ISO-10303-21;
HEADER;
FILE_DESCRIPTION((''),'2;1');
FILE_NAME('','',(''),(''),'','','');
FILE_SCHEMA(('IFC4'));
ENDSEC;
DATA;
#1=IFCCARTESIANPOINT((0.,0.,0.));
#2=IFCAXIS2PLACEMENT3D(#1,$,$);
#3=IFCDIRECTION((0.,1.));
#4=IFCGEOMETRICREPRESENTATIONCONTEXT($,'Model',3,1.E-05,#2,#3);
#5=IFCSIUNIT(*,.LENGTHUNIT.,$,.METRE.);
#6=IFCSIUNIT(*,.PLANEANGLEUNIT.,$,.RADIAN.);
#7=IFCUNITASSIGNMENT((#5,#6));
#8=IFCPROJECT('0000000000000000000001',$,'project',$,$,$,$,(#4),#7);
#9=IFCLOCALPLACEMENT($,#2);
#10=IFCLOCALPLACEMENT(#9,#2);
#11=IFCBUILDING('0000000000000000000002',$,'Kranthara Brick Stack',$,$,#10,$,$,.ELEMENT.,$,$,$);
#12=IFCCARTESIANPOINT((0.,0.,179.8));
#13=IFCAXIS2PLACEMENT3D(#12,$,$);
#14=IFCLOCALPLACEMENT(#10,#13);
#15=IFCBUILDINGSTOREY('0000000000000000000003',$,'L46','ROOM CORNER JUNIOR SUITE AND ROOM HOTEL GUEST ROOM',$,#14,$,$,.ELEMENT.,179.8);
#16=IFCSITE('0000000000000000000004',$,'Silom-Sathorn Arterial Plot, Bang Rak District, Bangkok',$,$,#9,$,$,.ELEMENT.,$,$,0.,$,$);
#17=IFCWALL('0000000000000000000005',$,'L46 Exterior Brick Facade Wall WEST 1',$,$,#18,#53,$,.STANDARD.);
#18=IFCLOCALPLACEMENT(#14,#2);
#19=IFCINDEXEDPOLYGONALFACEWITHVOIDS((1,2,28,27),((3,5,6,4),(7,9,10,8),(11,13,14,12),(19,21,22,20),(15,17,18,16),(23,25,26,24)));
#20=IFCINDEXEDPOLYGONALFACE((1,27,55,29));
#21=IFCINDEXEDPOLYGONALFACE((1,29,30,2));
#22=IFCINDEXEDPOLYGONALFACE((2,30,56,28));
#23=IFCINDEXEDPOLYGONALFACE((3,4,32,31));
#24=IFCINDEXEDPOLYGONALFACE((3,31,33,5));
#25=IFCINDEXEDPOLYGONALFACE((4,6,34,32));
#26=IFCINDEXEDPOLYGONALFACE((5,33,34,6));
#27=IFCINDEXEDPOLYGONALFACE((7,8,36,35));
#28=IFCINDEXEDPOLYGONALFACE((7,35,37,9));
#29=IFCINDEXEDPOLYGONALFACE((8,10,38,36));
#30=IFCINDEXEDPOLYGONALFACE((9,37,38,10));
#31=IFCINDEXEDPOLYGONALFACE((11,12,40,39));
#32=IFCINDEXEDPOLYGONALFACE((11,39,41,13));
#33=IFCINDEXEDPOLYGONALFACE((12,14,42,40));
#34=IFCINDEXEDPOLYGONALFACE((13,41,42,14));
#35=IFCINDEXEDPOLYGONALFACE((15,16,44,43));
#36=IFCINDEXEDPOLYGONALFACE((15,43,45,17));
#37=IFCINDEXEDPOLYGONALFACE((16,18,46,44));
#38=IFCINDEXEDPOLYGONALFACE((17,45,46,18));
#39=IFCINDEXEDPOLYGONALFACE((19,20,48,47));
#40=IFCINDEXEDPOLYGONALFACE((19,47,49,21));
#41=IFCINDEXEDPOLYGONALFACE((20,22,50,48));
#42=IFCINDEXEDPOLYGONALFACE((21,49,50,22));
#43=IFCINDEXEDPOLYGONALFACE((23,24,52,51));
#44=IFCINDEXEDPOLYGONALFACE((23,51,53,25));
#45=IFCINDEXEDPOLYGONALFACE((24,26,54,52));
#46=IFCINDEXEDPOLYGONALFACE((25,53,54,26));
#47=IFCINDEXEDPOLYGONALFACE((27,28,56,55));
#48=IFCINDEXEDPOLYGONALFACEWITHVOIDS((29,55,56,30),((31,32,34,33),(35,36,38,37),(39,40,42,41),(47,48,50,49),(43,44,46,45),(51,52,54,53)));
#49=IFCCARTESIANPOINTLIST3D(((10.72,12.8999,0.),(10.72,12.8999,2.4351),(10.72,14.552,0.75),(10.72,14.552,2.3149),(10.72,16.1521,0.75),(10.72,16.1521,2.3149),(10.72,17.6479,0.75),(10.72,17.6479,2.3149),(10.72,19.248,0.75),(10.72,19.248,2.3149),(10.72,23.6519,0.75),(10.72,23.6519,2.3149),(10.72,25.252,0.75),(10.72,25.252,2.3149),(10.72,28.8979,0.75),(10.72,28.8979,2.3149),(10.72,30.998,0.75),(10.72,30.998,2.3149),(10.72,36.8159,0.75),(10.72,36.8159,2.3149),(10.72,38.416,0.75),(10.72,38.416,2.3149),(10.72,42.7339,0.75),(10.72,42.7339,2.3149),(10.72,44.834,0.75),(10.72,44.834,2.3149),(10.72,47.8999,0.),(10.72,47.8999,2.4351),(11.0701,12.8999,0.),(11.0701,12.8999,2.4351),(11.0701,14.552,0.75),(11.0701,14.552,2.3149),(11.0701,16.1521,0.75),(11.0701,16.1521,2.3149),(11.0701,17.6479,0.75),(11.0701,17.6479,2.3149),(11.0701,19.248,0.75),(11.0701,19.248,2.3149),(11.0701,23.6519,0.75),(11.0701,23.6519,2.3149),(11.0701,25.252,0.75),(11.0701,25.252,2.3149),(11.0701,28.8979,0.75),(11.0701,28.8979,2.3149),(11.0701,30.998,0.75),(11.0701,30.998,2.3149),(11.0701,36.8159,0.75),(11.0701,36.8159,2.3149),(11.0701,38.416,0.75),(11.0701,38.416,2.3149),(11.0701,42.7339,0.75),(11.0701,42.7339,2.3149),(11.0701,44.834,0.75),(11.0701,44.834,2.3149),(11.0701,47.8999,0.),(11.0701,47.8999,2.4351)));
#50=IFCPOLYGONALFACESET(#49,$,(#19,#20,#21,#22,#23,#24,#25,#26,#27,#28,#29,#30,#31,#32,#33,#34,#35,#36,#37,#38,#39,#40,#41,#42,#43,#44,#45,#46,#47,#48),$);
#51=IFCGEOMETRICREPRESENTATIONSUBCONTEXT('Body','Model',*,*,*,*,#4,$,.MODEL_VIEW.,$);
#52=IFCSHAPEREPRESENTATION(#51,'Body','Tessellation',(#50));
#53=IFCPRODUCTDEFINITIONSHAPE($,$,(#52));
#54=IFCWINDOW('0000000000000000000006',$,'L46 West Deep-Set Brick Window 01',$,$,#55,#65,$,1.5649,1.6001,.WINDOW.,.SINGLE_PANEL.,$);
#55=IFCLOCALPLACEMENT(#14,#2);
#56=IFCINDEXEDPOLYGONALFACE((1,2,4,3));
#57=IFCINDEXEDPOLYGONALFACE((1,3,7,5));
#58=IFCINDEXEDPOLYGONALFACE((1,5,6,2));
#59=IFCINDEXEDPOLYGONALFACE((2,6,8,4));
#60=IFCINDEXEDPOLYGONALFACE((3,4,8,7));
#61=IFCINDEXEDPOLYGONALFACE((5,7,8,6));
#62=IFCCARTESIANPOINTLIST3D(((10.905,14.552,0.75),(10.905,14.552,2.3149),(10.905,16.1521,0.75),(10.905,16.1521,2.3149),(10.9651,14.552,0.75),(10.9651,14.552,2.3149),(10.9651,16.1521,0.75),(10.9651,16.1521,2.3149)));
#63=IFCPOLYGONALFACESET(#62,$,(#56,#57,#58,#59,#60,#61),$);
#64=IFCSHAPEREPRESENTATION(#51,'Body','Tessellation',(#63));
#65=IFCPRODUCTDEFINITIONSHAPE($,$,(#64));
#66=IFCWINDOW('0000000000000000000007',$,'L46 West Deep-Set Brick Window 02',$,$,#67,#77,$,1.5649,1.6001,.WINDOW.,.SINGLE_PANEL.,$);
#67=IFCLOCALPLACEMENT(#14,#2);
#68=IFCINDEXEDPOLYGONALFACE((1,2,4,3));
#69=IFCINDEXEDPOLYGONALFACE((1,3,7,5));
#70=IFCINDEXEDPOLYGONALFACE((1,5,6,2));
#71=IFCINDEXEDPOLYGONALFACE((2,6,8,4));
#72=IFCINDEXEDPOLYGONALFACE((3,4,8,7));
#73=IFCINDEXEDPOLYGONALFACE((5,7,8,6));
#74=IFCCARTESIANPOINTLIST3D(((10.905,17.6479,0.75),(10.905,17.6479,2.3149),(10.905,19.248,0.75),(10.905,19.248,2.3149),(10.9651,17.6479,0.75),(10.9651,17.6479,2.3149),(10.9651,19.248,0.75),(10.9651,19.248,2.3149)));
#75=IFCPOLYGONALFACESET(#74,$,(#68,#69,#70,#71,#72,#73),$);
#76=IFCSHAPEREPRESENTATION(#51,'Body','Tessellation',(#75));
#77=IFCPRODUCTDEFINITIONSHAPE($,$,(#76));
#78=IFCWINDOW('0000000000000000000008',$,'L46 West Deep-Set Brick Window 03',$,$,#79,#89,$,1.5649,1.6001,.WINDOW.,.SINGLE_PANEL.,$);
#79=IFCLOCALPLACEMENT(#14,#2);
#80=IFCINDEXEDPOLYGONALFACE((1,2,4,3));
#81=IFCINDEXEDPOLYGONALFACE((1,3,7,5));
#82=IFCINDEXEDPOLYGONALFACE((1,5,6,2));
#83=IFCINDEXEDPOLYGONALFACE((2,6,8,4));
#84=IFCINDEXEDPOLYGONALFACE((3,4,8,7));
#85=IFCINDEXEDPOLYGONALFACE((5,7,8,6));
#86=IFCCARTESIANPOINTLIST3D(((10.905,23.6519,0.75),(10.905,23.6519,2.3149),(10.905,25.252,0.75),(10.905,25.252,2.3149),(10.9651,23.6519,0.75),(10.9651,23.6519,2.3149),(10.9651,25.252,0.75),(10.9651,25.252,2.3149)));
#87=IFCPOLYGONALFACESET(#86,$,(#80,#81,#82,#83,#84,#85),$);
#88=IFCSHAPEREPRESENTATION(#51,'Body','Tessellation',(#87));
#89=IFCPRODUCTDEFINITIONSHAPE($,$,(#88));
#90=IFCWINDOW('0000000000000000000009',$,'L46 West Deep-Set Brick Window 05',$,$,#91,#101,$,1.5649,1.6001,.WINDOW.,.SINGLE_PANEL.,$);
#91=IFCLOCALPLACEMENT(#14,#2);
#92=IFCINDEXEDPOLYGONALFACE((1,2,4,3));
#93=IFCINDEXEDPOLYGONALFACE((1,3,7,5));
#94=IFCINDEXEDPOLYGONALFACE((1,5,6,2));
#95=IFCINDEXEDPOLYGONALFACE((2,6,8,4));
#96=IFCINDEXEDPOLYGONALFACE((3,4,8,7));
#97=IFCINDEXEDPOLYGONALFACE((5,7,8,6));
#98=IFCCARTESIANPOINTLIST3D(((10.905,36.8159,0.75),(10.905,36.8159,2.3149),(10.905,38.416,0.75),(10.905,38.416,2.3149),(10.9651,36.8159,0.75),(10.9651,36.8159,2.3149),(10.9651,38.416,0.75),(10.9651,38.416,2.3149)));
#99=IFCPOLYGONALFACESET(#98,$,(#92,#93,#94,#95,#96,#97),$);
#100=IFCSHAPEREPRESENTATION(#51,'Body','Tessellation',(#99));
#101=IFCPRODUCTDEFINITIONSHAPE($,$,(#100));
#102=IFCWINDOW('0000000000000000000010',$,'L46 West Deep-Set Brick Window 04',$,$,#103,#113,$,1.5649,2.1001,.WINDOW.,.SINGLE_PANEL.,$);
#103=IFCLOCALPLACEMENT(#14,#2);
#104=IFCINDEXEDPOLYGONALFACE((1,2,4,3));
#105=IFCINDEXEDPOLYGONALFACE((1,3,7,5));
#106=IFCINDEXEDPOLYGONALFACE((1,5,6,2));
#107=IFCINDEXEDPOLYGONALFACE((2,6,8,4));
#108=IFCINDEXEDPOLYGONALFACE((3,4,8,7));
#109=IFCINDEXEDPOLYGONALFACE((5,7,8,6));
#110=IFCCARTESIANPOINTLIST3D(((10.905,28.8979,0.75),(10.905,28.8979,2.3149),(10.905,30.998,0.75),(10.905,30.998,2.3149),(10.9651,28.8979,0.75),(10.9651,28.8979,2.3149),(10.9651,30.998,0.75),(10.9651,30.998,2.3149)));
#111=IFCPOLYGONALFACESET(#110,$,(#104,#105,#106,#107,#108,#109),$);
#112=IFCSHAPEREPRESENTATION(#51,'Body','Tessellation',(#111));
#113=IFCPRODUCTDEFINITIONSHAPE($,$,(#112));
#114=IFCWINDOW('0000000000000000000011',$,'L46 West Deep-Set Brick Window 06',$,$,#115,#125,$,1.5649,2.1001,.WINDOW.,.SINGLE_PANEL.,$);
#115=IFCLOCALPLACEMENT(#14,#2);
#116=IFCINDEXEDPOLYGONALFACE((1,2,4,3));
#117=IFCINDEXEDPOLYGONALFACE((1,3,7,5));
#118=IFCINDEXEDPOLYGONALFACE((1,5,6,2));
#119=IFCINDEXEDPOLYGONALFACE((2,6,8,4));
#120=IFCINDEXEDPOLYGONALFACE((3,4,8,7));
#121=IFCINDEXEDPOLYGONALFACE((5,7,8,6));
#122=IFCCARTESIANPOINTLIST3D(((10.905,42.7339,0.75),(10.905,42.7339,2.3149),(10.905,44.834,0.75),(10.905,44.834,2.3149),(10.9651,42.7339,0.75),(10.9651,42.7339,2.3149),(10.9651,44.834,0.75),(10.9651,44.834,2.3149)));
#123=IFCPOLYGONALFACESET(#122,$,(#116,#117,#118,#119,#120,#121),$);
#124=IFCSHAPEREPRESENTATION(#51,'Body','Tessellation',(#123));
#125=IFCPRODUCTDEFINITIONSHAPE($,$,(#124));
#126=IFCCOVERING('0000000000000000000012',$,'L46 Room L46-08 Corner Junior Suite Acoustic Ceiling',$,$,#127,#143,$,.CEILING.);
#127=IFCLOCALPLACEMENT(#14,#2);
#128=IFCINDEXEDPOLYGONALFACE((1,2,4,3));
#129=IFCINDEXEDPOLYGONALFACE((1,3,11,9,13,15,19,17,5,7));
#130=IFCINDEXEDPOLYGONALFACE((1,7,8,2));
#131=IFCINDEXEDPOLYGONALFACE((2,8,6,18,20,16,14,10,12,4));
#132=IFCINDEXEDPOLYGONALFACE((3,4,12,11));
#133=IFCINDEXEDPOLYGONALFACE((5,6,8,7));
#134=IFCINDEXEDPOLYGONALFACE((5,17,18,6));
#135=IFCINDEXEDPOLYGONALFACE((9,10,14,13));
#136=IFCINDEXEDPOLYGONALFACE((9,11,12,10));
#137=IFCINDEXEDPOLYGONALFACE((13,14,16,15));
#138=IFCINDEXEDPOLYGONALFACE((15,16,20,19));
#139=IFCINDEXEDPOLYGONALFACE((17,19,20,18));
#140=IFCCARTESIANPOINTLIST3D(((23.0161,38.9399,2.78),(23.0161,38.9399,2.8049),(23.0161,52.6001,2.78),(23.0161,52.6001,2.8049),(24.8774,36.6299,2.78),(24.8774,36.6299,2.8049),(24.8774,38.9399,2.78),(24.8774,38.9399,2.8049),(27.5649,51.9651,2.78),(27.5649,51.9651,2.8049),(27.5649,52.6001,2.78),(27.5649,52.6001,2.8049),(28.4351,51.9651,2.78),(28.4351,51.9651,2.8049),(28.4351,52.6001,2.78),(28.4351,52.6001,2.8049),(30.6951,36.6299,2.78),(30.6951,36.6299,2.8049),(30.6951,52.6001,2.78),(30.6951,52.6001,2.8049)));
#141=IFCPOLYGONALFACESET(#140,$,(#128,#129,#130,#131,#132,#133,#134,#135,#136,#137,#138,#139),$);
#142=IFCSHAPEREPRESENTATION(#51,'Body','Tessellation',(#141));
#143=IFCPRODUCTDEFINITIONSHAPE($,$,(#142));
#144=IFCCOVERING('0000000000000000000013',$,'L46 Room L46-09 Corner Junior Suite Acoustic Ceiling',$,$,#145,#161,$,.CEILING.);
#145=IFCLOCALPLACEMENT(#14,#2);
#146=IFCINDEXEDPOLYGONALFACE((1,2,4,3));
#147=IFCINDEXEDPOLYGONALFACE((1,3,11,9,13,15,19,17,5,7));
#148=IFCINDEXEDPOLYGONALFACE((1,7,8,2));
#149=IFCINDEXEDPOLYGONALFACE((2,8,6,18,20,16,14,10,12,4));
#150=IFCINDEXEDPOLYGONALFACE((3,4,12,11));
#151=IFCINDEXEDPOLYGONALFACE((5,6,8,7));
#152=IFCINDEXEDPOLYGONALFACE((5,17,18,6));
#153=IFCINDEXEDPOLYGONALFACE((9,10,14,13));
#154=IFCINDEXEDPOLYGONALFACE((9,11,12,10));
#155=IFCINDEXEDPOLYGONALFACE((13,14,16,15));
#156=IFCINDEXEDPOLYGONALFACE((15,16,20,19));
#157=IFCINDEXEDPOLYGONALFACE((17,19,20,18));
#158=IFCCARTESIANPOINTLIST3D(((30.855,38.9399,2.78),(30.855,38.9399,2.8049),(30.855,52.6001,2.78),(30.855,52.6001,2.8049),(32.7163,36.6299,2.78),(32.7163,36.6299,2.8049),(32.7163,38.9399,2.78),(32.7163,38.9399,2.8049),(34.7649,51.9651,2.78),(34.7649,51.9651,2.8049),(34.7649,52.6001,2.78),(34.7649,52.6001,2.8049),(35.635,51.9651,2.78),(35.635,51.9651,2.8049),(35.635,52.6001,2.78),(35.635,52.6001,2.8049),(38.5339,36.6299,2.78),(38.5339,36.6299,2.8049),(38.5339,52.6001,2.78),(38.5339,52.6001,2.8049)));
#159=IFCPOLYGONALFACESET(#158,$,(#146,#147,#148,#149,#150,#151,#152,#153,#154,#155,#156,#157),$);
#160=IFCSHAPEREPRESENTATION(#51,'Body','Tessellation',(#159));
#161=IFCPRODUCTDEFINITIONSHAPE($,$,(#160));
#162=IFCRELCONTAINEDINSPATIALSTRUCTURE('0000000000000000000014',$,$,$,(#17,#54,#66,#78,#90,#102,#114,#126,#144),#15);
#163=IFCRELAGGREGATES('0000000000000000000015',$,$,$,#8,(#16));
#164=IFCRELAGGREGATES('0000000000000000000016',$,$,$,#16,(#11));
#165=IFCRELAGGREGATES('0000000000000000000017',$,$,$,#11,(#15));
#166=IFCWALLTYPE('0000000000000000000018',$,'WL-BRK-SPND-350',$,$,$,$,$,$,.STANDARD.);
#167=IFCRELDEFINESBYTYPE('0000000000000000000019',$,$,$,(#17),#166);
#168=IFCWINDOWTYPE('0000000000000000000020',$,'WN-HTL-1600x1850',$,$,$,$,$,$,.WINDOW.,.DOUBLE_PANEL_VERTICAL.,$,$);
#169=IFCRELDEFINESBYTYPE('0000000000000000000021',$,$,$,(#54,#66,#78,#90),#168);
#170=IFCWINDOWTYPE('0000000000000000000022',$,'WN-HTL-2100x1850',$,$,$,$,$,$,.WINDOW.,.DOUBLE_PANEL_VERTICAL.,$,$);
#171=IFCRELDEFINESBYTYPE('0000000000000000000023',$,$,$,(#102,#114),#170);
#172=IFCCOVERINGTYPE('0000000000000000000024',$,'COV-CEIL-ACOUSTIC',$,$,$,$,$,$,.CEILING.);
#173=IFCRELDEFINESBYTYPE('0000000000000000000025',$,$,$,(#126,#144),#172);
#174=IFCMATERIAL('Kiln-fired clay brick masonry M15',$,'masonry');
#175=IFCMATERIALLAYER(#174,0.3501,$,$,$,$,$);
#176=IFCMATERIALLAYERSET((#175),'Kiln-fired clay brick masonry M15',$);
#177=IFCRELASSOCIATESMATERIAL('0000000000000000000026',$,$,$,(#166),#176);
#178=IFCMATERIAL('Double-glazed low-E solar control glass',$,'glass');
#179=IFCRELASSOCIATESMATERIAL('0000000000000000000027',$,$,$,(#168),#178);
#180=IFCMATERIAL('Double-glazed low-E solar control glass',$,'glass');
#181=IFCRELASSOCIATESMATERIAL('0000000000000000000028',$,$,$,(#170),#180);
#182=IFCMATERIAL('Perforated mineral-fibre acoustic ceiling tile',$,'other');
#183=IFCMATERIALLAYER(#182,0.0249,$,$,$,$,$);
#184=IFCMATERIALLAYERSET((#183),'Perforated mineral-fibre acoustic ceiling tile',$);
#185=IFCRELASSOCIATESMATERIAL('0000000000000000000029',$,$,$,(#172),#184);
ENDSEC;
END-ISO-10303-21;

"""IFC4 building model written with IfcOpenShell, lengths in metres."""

from ifc_helpers import new_model, si_unit, direction, frame, frame_2d, origin, place, context, subcontext, project, spatial, polyline, rectangle, outline, extrude, material, layer, layer_set, type_object, element, fill, save


model = new_model("IFC4")

# Units and contexts
model_context = context("Model", 3, precision=1e-05, world=origin(), true_north=direction((0.0, 1.0)))
body_context = subcontext(model_context, "Body", "Model", "MODEL_VIEW")
ifc_project = project(units=[si_unit("LENGTHUNIT", "METRE"), si_unit("PLANEANGLEUNIT", "RADIAN")], contexts=[model_context])

# Site, building, storey
site_placement = place(None, origin())
site = spatial("IfcSite", under=ifc_project, at=site_placement, Name="Silom-Sathorn Arterial Plot, Bang Rak District, Bangkok", CompositionType="ELEMENT", RefElevation=0.0)
building_placement = place(site_placement, origin())
building = spatial("IfcBuilding", under=site, at=building_placement, Name="Kranthara Brick Stack", CompositionType="ELEMENT")
storey_placement = place(building_placement, frame((0.0, 0.0, 179.8)))
storey = spatial("IfcBuildingStorey", under=building, at=storey_placement, Name="L46", Description="ROOM CORNER JUNIOR SUITE AND ROOM HOTEL GUEST ROOM", CompositionType="ELEMENT", Elevation=179.8)

# Wall, openings, windows
ifc_material_1 = material(Name="Kiln-fired clay brick masonry M15", Category="masonry")
ifc_layer_1 = layer(ifc_material_1, 0.3501)
ifc_layer_set_1 = layer_set([ifc_layer_1], Name="Kiln-fired clay brick masonry M15")
wall_type = type_object("IfcWallType", Name="WL-BRK-SPND-350", PredefinedType="STANDARD", material=ifc_layer_set_1)
wall_placement = place(storey_placement, frame((10.895, 12.8999, 0.0), z_axis=(0.0, 0.0, 1.0), x_axis=(0.0, 1.0, 0.0)))
wall = element("IfcWall", 1, at=wall_placement, inside=storey, type_object=wall_type, Name="L46 Exterior Brick Facade Wall WEST 1", PredefinedType="STANDARD", context=body_context, shape_type="SweptSolid", body=[
    extrude(rectangle(XDim=35.0, YDim=0.3501, at=frame_2d((17.5, 0.0))), origin(), (0.0, 0.0, 1.0), 2.4351),
])
opening_1_placement = place(wall_placement, frame((1.6521, 0.0, 0.75)))
opening_1 = element("IfcOpeningElement", 2, at=opening_1_placement, cuts=wall, PredefinedType="OPENING", context=body_context, shape_type="SweptSolid", body=[
    extrude(rectangle(XDim=1.6001, YDim=1.5649, at=frame_2d((0.8, 0.7825))), frame((0.0, 0.1851, 0.0), z_axis=(0.0, -1.0, 0.0), x_axis=(1.0, 0.0, 0.0)), (0.0, 0.0, 1.0), 0.3701),
])
opening_2_placement = place(wall_placement, frame((4.748, 0.0, 0.75)))
opening_2 = element("IfcOpeningElement", 3, at=opening_2_placement, cuts=wall, PredefinedType="OPENING", context=body_context, shape_type="SweptSolid", body=[
    extrude(rectangle(XDim=1.6001, YDim=1.5649, at=frame_2d((0.8, 0.7825))), frame((0.0, 0.1851, 0.0), z_axis=(0.0, -1.0, 0.0), x_axis=(1.0, 0.0, 0.0)), (0.0, 0.0, 1.0), 0.3701),
])
opening_3_placement = place(wall_placement, frame((10.752, 0.0, 0.75)))
opening_3 = element("IfcOpeningElement", 4, at=opening_3_placement, cuts=wall, PredefinedType="OPENING", context=body_context, shape_type="SweptSolid", body=[
    extrude(rectangle(XDim=1.6001, YDim=1.5649, at=frame_2d((0.8, 0.7825))), frame((0.0, 0.1851, 0.0), z_axis=(0.0, -1.0, 0.0), x_axis=(1.0, 0.0, 0.0)), (0.0, 0.0, 1.0), 0.3701),
])
opening_4_placement = place(wall_placement, frame((15.998, 0.0, 0.75)))
opening_4 = element("IfcOpeningElement", 5, at=opening_4_placement, cuts=wall, PredefinedType="OPENING", context=body_context, shape_type="SweptSolid", body=[
    extrude(rectangle(XDim=2.1001, YDim=1.5649, at=frame_2d((1.05, 0.7825))), frame((0.0, 0.1851, 0.0), z_axis=(0.0, -1.0, 0.0), x_axis=(1.0, 0.0, 0.0)), (0.0, 0.0, 1.0), 0.3701),
])
opening_5_placement = place(wall_placement, frame((23.916, 0.0, 0.75)))
opening_5 = element("IfcOpeningElement", 6, at=opening_5_placement, cuts=wall, PredefinedType="OPENING", context=body_context, shape_type="SweptSolid", body=[
    extrude(rectangle(XDim=1.6001, YDim=1.5649, at=frame_2d((0.8, 0.7825))), frame((0.0, 0.1851, 0.0), z_axis=(0.0, -1.0, 0.0), x_axis=(1.0, 0.0, 0.0)), (0.0, 0.0, 1.0), 0.3701),
])
opening_6_placement = place(wall_placement, frame((29.834, 0.0, 0.75)))
opening_6 = element("IfcOpeningElement", 7, at=opening_6_placement, cuts=wall, PredefinedType="OPENING", context=body_context, shape_type="SweptSolid", body=[
    extrude(rectangle(XDim=2.1001, YDim=1.5649, at=frame_2d((1.05, 0.7825))), frame((0.0, 0.1851, 0.0), z_axis=(0.0, -1.0, 0.0), x_axis=(1.0, 0.0, 0.0)), (0.0, 0.0, 1.0), 0.3701),
])
ifc_material_2 = material(Name="Double-glazed low-E solar control glass", Category="glass")
window_type_1 = type_object("IfcWindowType", Name="WN-HTL-1600x1850", PartitioningType="DOUBLE_PANEL_VERTICAL", PredefinedType="WINDOW", material=ifc_material_2)
window_1_placement = place(opening_1_placement, origin())
window_1 = element("IfcWindow", 8, at=window_1_placement, inside=storey, type_object=window_type_1, Name="L46 West Deep-Set Brick Window 01", OverallHeight=1.5649, OverallWidth=1.6001, PartitioningType="SINGLE_PANEL", PredefinedType="WINDOW", context=body_context, shape_type="SweptSolid", body=[
    extrude(rectangle(XDim=1.6001, YDim=1.5649, at=frame_2d((0.8, 0.7825))), frame((0.0, -0.01, 0.0), z_axis=(0.0, -1.0, 0.0), x_axis=(1.0, 0.0, 0.0)), (0.0, 0.0, 1.0), 0.0601),
])
fill(opening_1, window_1)
window_2_placement = place(opening_2_placement, origin())
window_2 = element("IfcWindow", 9, at=window_2_placement, inside=storey, type_object=window_type_1, Name="L46 West Deep-Set Brick Window 02", OverallHeight=1.5649, OverallWidth=1.6001, PartitioningType="SINGLE_PANEL", PredefinedType="WINDOW", context=body_context, shape_type="SweptSolid", body=[
    extrude(rectangle(XDim=1.6001, YDim=1.5649, at=frame_2d((0.8, 0.7825))), frame((0.0, -0.01, 0.0), z_axis=(0.0, -1.0, 0.0), x_axis=(1.0, 0.0, 0.0)), (0.0, 0.0, 1.0), 0.0601),
])
fill(opening_2, window_2)
window_3_placement = place(opening_3_placement, origin())
window_3 = element("IfcWindow", 10, at=window_3_placement, inside=storey, type_object=window_type_1, Name="L46 West Deep-Set Brick Window 03", OverallHeight=1.5649, OverallWidth=1.6001, PartitioningType="SINGLE_PANEL", PredefinedType="WINDOW", context=body_context, shape_type="SweptSolid", body=[
    extrude(rectangle(XDim=1.6001, YDim=1.5649, at=frame_2d((0.8, 0.7825))), frame((0.0, -0.01, 0.0), z_axis=(0.0, -1.0, 0.0), x_axis=(1.0, 0.0, 0.0)), (0.0, 0.0, 1.0), 0.0601),
])
fill(opening_3, window_3)
window_4_placement = place(opening_5_placement, origin())
window_4 = element("IfcWindow", 11, at=window_4_placement, inside=storey, type_object=window_type_1, Name="L46 West Deep-Set Brick Window 05", OverallHeight=1.5649, OverallWidth=1.6001, PartitioningType="SINGLE_PANEL", PredefinedType="WINDOW", context=body_context, shape_type="SweptSolid", body=[
    extrude(rectangle(XDim=1.6001, YDim=1.5649, at=frame_2d((0.8, 0.7825))), frame((0.0, -0.01, 0.0), z_axis=(0.0, -1.0, 0.0), x_axis=(1.0, 0.0, 0.0)), (0.0, 0.0, 1.0), 0.0601),
])
fill(opening_5, window_4)
ifc_material_3 = material(Name="Double-glazed low-E solar control glass", Category="glass")
window_type_2 = type_object("IfcWindowType", Name="WN-HTL-2100x1850", PartitioningType="DOUBLE_PANEL_VERTICAL", PredefinedType="WINDOW", material=ifc_material_3)
window_5_placement = place(opening_4_placement, origin())
window_5 = element("IfcWindow", 12, at=window_5_placement, inside=storey, type_object=window_type_2, Name="L46 West Deep-Set Brick Window 04", OverallHeight=1.5649, OverallWidth=2.1001, PartitioningType="SINGLE_PANEL", PredefinedType="WINDOW", context=body_context, shape_type="SweptSolid", body=[
    extrude(rectangle(XDim=2.1001, YDim=1.5649, at=frame_2d((1.05, 0.7825))), frame((0.0, -0.01, 0.0), z_axis=(0.0, -1.0, 0.0), x_axis=(1.0, 0.0, 0.0)), (0.0, 0.0, 1.0), 0.0601),
])
fill(opening_4, window_5)
window_6_placement = place(opening_6_placement, origin())
window_6 = element("IfcWindow", 13, at=window_6_placement, inside=storey, type_object=window_type_2, Name="L46 West Deep-Set Brick Window 06", OverallHeight=1.5649, OverallWidth=2.1001, PartitioningType="SINGLE_PANEL", PredefinedType="WINDOW", context=body_context, shape_type="SweptSolid", body=[
    extrude(rectangle(XDim=2.1001, YDim=1.5649, at=frame_2d((1.05, 0.7825))), frame((0.0, -0.01, 0.0), z_axis=(0.0, -1.0, 0.0), x_axis=(1.0, 0.0, 0.0)), (0.0, 0.0, 1.0), 0.0601),
])
fill(opening_6, window_6)

# Coverings
ifc_material_4 = material(Name="Perforated mineral-fibre acoustic ceiling tile", Category="other")
ifc_layer_2 = layer(ifc_material_4, 0.0249)
ifc_layer_set_2 = layer_set([ifc_layer_2], Name="Perforated mineral-fibre acoustic ceiling tile")
covering_type = type_object("IfcCoveringType", Name="COV-CEIL-ACOUSTIC", PredefinedType="CEILING", material=ifc_layer_set_2)
covering_1_placement = place(storey_placement, frame((0.0, 0.0, 2.78)))
element("IfcCovering", 14, at=covering_1_placement, inside=storey, type_object=covering_type, Name="L46 Room L46-08 Corner Junior Suite Acoustic Ceiling", PredefinedType="CEILING", context=body_context, shape_type="SweptSolid", body=[
    extrude(outline(polyline([(30.6951, 52.6001), (30.6951, 36.6299), (24.8774, 36.6299), (24.8774, 38.9399), (23.0161, 38.9399), (23.0161, 52.6001), (27.5649, 52.6001), (27.5649, 51.9651), (28.4351, 51.9651), (28.4351, 52.6001), (30.6951, 52.6001)])), origin(), (0.0, 0.0, 1.0), 0.0249),
])
covering_2_placement = place(storey_placement, frame((0.0, 0.0, 2.78)))
element("IfcCovering", 15, at=covering_2_placement, inside=storey, type_object=covering_type, Name="L46 Room L46-09 Corner Junior Suite Acoustic Ceiling", PredefinedType="CEILING", context=body_context, shape_type="SweptSolid", body=[
    extrude(outline(polyline([(38.5339, 52.6001), (38.5339, 36.6299), (32.7163, 36.6299), (32.7163, 38.9399), (30.855, 38.9399), (30.855, 52.6001), (34.7649, 52.6001), (34.7649, 51.9651), (35.635, 51.9651), (35.635, 52.6001), (38.5339, 52.6001)])), origin(), (0.0, 0.0, 1.0), 0.0249),
])

save(model, "model.ifc")
